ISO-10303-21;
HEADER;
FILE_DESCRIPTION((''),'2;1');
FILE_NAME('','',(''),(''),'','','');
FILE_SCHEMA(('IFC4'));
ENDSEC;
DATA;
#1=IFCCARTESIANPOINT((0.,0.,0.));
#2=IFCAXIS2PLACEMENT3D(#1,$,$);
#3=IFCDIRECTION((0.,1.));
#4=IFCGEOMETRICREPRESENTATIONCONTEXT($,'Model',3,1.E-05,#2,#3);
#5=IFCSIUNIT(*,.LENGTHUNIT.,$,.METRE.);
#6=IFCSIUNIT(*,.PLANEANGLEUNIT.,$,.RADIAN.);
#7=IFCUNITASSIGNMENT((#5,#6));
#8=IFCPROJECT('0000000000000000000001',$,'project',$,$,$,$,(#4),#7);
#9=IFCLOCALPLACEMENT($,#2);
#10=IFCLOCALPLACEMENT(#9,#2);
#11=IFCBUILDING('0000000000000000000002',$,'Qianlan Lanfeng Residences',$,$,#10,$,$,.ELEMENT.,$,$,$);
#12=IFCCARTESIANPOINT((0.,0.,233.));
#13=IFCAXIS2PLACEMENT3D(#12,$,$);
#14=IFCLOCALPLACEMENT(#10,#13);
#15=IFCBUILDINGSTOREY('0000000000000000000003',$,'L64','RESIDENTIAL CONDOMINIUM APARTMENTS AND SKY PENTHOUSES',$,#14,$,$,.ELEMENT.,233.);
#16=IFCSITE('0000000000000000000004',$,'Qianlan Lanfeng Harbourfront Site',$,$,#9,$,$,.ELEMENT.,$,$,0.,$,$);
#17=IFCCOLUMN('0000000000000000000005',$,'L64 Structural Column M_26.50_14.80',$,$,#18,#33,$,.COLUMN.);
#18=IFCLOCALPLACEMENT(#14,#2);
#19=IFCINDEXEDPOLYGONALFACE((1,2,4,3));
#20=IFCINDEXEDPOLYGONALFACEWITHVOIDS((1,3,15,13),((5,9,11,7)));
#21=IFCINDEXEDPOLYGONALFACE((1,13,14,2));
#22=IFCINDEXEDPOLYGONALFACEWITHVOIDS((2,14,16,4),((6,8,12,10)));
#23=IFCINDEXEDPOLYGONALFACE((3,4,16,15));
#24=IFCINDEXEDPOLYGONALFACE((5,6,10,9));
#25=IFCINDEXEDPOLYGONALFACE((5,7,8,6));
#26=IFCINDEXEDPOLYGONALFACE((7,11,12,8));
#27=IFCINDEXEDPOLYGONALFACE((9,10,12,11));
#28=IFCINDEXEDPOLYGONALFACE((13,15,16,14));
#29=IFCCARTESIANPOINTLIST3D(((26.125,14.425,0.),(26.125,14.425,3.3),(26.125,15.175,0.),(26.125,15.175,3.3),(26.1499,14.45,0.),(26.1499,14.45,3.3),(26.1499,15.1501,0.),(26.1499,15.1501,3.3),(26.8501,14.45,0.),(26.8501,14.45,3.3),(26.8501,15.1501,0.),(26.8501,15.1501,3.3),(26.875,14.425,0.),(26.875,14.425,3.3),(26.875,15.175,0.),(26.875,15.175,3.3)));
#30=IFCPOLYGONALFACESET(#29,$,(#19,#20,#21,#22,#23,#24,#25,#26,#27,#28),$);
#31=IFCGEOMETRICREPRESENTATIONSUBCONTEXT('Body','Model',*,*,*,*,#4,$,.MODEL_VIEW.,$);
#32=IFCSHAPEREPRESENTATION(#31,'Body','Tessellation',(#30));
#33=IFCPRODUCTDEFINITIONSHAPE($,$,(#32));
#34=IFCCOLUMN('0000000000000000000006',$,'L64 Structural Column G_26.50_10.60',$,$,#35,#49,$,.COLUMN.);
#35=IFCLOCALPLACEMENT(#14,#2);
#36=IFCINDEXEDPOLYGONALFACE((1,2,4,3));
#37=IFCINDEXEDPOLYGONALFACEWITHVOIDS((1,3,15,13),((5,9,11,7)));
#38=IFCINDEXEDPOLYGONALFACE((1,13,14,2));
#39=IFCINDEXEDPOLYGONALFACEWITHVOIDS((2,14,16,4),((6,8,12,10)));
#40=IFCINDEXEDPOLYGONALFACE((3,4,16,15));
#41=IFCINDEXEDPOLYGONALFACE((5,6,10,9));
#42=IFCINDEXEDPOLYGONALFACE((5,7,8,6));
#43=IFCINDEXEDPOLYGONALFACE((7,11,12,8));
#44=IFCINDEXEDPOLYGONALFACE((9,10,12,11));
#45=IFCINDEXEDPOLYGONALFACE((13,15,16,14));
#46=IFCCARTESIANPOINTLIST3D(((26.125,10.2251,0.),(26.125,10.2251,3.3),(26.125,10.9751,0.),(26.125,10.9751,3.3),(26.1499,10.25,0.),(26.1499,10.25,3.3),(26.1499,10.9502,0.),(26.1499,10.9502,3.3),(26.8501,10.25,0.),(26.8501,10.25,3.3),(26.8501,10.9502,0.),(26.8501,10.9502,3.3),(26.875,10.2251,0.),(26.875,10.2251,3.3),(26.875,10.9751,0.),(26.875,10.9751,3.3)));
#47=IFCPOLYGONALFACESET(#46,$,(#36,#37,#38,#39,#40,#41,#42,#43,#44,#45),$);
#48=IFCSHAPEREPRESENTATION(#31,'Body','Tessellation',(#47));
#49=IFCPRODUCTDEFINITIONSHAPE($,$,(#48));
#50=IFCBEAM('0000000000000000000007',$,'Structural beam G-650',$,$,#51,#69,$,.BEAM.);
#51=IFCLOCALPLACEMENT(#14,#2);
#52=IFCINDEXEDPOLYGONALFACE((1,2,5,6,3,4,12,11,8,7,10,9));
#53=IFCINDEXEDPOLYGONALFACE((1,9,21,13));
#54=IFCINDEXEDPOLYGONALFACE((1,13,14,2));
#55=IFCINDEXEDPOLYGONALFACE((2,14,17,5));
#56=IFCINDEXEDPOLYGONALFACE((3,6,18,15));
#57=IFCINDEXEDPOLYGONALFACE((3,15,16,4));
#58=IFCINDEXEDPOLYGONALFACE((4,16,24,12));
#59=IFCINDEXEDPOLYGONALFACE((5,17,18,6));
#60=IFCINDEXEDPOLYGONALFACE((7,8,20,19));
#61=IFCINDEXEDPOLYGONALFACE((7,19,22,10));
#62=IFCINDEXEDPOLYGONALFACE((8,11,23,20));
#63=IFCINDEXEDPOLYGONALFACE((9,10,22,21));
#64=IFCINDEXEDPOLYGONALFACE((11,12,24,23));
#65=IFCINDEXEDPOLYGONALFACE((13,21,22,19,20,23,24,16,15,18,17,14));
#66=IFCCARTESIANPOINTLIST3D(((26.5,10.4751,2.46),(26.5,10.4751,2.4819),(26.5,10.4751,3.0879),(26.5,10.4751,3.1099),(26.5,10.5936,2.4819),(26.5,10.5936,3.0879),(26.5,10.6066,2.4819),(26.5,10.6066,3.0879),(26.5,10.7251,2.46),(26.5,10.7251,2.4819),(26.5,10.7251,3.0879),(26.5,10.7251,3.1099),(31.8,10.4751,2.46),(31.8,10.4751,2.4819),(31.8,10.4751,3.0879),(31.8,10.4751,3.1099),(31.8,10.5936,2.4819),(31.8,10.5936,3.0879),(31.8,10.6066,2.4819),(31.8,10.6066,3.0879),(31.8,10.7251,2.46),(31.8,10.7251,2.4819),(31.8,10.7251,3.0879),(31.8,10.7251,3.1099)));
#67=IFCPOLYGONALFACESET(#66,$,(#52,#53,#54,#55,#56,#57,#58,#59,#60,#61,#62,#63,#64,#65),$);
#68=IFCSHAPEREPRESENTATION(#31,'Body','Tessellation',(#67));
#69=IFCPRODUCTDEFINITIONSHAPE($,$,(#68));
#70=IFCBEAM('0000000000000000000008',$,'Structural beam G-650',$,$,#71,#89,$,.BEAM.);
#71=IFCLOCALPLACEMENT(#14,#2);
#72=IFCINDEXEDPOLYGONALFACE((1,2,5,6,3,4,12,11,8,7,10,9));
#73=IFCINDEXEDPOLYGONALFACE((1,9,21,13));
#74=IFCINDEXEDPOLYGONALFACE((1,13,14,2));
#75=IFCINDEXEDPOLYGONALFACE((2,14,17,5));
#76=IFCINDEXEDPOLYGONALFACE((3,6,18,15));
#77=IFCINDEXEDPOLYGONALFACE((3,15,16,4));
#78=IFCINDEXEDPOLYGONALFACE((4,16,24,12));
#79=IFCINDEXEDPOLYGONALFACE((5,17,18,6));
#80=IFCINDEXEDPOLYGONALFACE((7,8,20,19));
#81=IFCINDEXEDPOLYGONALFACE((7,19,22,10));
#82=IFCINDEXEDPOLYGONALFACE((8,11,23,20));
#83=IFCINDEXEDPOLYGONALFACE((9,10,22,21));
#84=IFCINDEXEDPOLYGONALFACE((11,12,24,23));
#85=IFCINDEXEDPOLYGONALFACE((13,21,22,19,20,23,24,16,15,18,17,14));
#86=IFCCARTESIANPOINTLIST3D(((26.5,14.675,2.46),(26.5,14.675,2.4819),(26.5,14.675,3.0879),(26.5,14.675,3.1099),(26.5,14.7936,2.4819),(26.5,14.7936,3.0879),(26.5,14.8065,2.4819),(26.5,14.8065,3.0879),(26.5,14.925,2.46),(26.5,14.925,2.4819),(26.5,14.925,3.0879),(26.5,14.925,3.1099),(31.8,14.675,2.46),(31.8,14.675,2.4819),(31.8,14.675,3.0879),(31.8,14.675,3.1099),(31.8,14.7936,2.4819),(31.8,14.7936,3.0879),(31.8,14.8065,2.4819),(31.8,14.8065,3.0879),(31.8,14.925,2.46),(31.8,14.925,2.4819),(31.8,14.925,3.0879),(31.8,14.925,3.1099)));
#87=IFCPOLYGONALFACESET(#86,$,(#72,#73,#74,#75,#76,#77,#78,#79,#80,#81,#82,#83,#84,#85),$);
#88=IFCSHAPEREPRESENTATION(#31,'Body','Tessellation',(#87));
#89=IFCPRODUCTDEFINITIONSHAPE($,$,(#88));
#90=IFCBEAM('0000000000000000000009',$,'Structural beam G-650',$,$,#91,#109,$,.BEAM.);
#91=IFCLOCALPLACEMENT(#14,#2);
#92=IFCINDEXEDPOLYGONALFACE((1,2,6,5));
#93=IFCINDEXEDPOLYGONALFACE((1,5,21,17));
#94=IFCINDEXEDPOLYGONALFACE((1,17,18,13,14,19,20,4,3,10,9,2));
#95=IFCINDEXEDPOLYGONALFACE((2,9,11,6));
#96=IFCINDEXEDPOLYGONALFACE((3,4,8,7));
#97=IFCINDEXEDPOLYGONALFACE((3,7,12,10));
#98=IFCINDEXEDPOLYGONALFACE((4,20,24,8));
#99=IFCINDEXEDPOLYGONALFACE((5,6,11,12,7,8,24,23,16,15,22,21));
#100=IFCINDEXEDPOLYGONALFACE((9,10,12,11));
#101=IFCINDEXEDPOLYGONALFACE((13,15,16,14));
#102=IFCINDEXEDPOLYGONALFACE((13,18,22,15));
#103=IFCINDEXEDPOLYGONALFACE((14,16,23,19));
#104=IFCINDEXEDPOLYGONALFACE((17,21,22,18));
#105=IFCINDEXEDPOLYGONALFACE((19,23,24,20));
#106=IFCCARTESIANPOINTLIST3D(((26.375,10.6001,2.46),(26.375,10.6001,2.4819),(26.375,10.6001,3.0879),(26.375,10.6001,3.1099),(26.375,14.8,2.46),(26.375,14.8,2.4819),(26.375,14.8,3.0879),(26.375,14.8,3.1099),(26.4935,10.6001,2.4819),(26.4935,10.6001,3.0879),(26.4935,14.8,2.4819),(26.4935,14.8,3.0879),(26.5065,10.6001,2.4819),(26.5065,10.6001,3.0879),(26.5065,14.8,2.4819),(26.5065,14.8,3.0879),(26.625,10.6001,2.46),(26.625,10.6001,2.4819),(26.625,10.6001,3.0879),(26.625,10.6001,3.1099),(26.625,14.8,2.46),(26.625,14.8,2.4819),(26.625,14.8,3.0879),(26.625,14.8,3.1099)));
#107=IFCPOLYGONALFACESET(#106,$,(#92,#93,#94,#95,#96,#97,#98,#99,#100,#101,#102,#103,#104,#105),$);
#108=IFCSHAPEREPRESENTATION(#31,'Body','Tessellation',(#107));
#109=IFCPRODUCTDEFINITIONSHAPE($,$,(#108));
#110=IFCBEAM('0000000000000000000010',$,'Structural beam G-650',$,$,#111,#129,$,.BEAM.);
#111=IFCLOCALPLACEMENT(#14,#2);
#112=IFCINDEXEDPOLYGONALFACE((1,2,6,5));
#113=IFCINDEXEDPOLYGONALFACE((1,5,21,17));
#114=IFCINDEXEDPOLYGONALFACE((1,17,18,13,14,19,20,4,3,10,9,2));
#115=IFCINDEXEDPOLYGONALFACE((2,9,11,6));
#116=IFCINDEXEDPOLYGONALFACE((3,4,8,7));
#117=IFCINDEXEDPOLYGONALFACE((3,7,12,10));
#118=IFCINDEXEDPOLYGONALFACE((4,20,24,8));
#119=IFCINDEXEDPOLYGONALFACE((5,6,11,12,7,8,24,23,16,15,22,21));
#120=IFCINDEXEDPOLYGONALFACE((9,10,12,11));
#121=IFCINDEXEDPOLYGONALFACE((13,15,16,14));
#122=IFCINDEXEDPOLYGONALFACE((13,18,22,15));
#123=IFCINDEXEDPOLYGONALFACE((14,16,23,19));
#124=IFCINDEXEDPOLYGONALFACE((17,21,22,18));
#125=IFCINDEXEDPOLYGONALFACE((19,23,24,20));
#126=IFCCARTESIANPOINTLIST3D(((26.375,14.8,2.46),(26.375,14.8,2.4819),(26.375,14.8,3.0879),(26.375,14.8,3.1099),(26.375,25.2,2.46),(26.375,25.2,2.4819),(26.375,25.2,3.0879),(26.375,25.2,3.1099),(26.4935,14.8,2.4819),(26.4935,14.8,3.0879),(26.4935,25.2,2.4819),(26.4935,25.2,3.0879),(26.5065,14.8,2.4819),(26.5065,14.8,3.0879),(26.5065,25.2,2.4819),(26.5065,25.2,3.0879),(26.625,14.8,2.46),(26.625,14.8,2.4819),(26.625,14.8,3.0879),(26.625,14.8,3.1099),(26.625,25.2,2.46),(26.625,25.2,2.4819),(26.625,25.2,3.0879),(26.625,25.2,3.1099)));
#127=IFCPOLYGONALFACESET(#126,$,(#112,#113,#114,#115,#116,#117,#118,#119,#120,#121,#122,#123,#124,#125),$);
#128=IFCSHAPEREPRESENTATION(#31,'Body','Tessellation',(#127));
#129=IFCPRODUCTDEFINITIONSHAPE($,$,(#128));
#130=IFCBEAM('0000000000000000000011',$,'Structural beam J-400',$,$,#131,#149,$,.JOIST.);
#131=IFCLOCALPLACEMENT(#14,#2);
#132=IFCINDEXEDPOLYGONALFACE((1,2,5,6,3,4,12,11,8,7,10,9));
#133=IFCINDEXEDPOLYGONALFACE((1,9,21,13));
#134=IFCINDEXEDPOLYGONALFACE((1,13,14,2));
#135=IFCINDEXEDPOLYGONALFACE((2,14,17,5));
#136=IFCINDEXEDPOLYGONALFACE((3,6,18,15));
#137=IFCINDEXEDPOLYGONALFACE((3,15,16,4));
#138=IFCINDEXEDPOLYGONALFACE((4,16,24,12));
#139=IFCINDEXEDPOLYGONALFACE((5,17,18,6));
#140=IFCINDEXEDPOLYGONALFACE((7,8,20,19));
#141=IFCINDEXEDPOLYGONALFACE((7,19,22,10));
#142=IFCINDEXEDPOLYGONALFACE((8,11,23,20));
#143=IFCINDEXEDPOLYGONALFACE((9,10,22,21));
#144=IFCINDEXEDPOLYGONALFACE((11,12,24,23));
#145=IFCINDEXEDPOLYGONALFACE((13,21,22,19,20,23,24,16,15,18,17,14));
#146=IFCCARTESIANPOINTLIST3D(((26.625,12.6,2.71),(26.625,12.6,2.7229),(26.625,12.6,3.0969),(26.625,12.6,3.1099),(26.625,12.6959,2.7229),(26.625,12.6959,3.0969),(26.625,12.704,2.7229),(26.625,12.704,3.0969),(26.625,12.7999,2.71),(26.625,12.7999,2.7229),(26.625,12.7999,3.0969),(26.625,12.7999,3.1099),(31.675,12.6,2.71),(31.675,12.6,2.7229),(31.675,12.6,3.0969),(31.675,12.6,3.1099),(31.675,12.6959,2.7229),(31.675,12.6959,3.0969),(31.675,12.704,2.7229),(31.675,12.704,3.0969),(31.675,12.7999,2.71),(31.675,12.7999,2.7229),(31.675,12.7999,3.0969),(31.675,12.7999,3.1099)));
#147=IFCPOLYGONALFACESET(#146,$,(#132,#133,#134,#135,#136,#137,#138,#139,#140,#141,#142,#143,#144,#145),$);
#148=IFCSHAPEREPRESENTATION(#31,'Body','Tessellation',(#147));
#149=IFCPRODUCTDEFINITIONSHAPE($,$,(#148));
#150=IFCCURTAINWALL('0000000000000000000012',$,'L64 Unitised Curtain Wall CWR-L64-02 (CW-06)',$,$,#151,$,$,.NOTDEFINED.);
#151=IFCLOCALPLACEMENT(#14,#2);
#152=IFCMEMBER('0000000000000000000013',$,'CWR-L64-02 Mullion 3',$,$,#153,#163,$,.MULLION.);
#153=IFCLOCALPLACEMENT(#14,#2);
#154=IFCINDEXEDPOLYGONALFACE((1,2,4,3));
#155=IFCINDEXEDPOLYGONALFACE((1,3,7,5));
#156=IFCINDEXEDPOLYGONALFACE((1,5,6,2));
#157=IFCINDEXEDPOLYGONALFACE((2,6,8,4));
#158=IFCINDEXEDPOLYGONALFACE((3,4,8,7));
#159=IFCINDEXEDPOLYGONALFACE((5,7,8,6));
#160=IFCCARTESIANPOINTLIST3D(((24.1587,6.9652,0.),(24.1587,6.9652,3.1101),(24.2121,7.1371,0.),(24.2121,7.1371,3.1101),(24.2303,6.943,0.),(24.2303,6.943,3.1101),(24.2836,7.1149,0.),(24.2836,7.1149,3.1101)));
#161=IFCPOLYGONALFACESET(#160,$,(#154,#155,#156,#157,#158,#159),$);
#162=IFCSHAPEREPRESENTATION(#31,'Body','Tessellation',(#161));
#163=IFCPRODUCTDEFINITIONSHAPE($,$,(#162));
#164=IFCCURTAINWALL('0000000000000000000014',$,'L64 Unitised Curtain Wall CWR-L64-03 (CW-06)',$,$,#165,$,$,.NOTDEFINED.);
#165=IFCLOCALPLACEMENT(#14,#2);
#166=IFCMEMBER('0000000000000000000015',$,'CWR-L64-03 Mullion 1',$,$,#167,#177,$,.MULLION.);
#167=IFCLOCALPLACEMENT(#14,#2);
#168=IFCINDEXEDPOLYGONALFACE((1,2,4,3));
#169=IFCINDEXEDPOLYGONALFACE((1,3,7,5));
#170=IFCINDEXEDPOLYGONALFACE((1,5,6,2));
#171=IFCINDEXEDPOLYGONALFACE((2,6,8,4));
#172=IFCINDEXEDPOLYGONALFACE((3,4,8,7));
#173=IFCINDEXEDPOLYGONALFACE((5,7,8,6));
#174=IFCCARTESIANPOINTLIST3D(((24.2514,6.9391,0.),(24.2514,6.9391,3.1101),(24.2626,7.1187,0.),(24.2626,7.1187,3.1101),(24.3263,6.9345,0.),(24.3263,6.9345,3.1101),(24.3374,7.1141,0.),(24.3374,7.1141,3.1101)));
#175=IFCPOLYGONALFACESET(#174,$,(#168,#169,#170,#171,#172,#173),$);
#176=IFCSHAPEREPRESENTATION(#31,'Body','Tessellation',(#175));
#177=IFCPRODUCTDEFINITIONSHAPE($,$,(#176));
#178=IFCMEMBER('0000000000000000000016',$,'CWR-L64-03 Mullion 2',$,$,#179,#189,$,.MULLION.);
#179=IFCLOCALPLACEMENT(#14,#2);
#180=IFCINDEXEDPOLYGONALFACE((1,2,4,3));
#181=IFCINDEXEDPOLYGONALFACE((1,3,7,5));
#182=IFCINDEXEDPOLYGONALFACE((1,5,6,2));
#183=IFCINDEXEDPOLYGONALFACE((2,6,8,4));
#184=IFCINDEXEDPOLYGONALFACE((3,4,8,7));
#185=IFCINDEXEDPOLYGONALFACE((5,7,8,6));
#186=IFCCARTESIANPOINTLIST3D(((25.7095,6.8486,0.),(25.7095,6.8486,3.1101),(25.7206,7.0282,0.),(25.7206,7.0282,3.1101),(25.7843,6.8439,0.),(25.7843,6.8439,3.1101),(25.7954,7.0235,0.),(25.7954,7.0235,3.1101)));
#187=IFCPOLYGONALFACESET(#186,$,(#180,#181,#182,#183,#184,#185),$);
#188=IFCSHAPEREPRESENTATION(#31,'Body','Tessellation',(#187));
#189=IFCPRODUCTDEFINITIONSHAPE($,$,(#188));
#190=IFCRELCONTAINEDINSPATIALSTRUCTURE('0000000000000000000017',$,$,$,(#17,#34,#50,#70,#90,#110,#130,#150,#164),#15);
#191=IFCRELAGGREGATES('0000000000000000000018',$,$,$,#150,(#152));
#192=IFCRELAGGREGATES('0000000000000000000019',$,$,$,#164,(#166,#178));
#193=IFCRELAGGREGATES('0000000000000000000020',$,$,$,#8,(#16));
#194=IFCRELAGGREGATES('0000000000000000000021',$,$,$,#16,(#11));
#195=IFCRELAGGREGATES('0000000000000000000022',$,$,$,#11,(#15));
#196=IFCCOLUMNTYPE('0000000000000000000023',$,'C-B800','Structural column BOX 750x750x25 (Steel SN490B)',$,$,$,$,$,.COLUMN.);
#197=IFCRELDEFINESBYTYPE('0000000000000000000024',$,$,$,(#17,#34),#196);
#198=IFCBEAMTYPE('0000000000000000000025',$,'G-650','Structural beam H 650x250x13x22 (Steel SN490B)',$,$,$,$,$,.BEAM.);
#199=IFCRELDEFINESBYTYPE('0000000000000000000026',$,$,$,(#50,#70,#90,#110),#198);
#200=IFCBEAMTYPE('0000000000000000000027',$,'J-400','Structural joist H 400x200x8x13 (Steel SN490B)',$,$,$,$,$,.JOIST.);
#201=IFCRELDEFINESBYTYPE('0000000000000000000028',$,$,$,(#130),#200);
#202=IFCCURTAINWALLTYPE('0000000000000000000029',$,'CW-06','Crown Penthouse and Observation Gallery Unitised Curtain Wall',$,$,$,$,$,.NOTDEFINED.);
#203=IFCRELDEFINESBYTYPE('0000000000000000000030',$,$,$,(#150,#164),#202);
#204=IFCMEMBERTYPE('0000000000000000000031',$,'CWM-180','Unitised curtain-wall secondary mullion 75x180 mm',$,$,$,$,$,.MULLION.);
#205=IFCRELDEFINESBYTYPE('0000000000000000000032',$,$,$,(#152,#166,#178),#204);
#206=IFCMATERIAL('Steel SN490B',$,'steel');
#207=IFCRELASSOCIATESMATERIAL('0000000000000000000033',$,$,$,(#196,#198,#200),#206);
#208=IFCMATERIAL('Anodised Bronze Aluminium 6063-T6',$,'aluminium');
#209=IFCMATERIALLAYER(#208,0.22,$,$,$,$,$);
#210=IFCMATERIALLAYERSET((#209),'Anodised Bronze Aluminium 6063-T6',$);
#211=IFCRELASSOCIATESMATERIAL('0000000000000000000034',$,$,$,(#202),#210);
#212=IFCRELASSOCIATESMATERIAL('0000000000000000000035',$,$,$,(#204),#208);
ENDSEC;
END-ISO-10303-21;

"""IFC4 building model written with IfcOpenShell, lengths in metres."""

from ifc_helpers import new_model, si_unit, direction, frame, origin, origin_2d, place, context, subcontext, project, spatial, rectangle, hollow_rectangle, i_section, extrude, source, transform, mapped, material, layer, layer_set, material_profile, profile_set, type_object, element, aggregate, save


model = new_model("IFC4")

# Units and contexts
model_context = context("Model", 3, precision=1e-05, world=origin(), true_north=direction((0.0, 1.0)))
body_context = subcontext(model_context, "Body", "Model", "MODEL_VIEW")
ifc_project = project(units=[si_unit("LENGTHUNIT", "METRE"), si_unit("PLANEANGLEUNIT", "RADIAN")], contexts=[model_context])

# Site, building, storey
site_placement = place(None, origin())
site = spatial("IfcSite", under=ifc_project, at=site_placement, Name="Qianlan Lanfeng Harbourfront Site", CompositionType="ELEMENT", RefElevation=0.0)
building_placement = place(site_placement, origin())
building = spatial("IfcBuilding", under=site, at=building_placement, Name="Qianlan Lanfeng Residences", CompositionType="ELEMENT")
storey_placement = place(building_placement, frame((0.0, 0.0, 233.0)))
storey = spatial("IfcBuildingStorey", under=building, at=storey_placement, Name="L64", Description="RESIDENTIAL CONDOMINIUM APARTMENTS AND SKY PENTHOUSES", CompositionType="ELEMENT", Elevation=233.0)

# Columns
ifc_material_1 = material(Name="Steel SN490B", Category="steel")
ifc_material_profile_1 = material_profile(ifc_material_1, hollow_rectangle(XDim=0.75, YDim=0.75, WallThickness=0.0249, at=origin_2d()), Name="BOX 750x750x25")
ifc_profile_set_1 = profile_set([ifc_material_profile_1], Name="Steel SN490B")
column_type = type_object("IfcColumnType", Name="C-B800", Description="Structural column BOX 750x750x25 (Steel SN490B)", PredefinedType="COLUMN", material=ifc_profile_set_1)
for number, where, z_axis, x_axis, name in (
    (1, (26.5, 14.8, 0.0), (0.0, 0.0, 1.0), (1.0, 0.0, 0.0), "L64 Structural Column M_26.50_14.80"),
    (2, (26.5, 10.6001, 0.0), (0.0, 0.0, 1.0), (1.0, 0.0, 0.0), "L64 Structural Column G_26.50_10.60"),
):
    element("IfcColumn", number, at=place(storey_placement, frame(where, z_axis=z_axis, x_axis=x_axis)), inside=storey, type_object=column_type, Name=name, PredefinedType="COLUMN", context=body_context, shape_type="SweptSolid", body=[
        extrude(hollow_rectangle(XDim=0.75, YDim=0.75, WallThickness=0.0249, at=origin_2d()), origin(), (0.0, 0.0, 1.0), 3.3),
    ])

# Beams
ifc_material_profile_2 = material_profile(ifc_material_1, i_section(OverallWidth=0.25, OverallDepth=0.6499, WebThickness=0.0129, FlangeThickness=0.022, at=origin_2d()), Name="H 650x250x13x22")
ifc_profile_set_2 = profile_set([ifc_material_profile_2], Name="Steel SN490B")
beam_type_1 = type_object("IfcBeamType", Name="G-650", Description="Structural beam H 650x250x13x22 (Steel SN490B)", PredefinedType="BEAM", material=ifc_profile_set_2)
for number, where, z_axis, x_axis, name in (
    (3, (26.5, 10.6001, 2.7849), (1.0, 0.0, 0.0), (0.0, 1.0, 0.0), "Structural beam G-650"),
    (4, (26.5, 14.8, 2.7849), (1.0, 0.0, 0.0), (0.0, 1.0, 0.0), "Structural beam G-650"),
):
    element("IfcBeam", number, at=place(storey_placement, frame(where, z_axis=z_axis, x_axis=x_axis)), inside=storey, type_object=beam_type_1, Name=name, PredefinedType="BEAM", context=body_context, shape_type="SweptSolid", body=[
        extrude(i_section(OverallWidth=0.25, OverallDepth=0.6499, WebThickness=0.0129, FlangeThickness=0.022, at=origin_2d()), origin(), (0.0, 0.0, 1.0), 5.3),
    ])
beam_1_placement = place(storey_placement, frame((26.5, 10.6001, 2.7849), z_axis=(0.0, 1.0, 0.0), x_axis=(-1.0, 0.0, 0.0)))
element("IfcBeam", 5, at=beam_1_placement, inside=storey, type_object=beam_type_1, Name="Structural beam G-650", PredefinedType="BEAM", context=body_context, shape_type="SweptSolid", body=[
    extrude(i_section(OverallWidth=0.25, OverallDepth=0.6499, WebThickness=0.0129, FlangeThickness=0.022, at=origin_2d()), origin(), (0.0, 0.0, 1.0), 4.2),
])
beam_2_placement = place(storey_placement, frame((26.5, 14.8, 2.7849), z_axis=(0.0, 1.0, 0.0), x_axis=(-1.0, 0.0, 0.0)))
element("IfcBeam", 6, at=beam_2_placement, inside=storey, type_object=beam_type_1, Name="Structural beam G-650", PredefinedType="BEAM", context=body_context, shape_type="SweptSolid", body=[
    extrude(i_section(OverallWidth=0.25, OverallDepth=0.6499, WebThickness=0.0129, FlangeThickness=0.022, at=origin_2d()), origin(), (0.0, 0.0, 1.0), 10.3999),
])
ifc_material_profile_3 = material_profile(ifc_material_1, i_section(OverallWidth=0.2, OverallDepth=0.3999, WebThickness=0.0081, FlangeThickness=0.0129, at=origin_2d()), Name="H 400x200x8x13")
ifc_profile_set_3 = profile_set([ifc_material_profile_3], Name="Steel SN490B")
beam_type_2 = type_object("IfcBeamType", Name="J-400", Description="Structural joist H 400x200x8x13 (Steel SN490B)", PredefinedType="JOIST", material=ifc_profile_set_3)
beam_3_placement = place(storey_placement, frame((26.625, 12.7, 2.9099), z_axis=(1.0, 0.0, 0.0), x_axis=(0.0, 1.0, 0.0)))
element("IfcBeam", 7, at=beam_3_placement, inside=storey, type_object=beam_type_2, Name="Structural beam J-400", PredefinedType="JOIST", context=body_context, shape_type="SweptSolid", body=[
    extrude(i_section(OverallWidth=0.2, OverallDepth=0.3999, WebThickness=0.0081, FlangeThickness=0.0129, at=origin_2d()), origin(), (0.0, 0.0, 1.0), 5.05),
])

# Curtain wall, member
ifc_material_2 = material(Name="Anodised Bronze Aluminium 6063-T6", Category="aluminium")
ifc_layer_1 = layer(ifc_material_2, 0.22)
ifc_layer_set_1 = layer_set([ifc_layer_1], Name="Anodised Bronze Aluminium 6063-T6")
curtain_wall_type = type_object("IfcCurtainWallType", Name="CW-06", Description="Crown Penthouse and Observation Gallery Unitised Curtain Wall", PredefinedType="NOTDEFINED", material=ifc_layer_set_1)
curtain_wall_1_placement = place(storey_placement, origin())
curtain_wall_1 = element("IfcCurtainWall", 8, at=curtain_wall_1_placement, inside=storey, type_object=curtain_wall_type, Name="L64 Unitised Curtain Wall CWR-L64-02 (CW-06)", PredefinedType="NOTDEFINED")
ifc_material_profile_4 = material_profile(ifc_material_2, rectangle(XDim=0.075, YDim=0.1799, at=origin_2d()), Name="ALU MULLION 75x180")
ifc_profile_set_4 = profile_set([ifc_material_profile_4], Name="Anodised Bronze Aluminium 6063-T6")
member_type_1 = type_object("IfcMemberType", Name="CWM-180", Description="Unitised curtain-wall secondary mullion 75x180 mm", PredefinedType="MULLION", material=ifc_profile_set_4)
shared_shape_1 = source(origin(), body_context, "Body", "SweptSolid", [
    extrude(rectangle(XDim=0.075, YDim=0.1799, at=origin_2d()), origin(), (0.0, 0.0, 1.0), 3.1101),
])
member_1_placement = place(storey_placement, frame((24.2212, 7.04, 0.0), z_axis=(0.0, 0.0, 1.0), x_axis=(0.95508, -0.296348, 0.0)))
member_1 = element("IfcMember", 9, at=member_1_placement, type_object=member_type_1, Name="CWR-L64-02 Mullion 3", PredefinedType="MULLION", context=body_context, shape_type="MappedRepresentation", body=[
    mapped(shared_shape_1, transform((0.0, 0.0, 0.0), scale=1.0)),
])

# Curtain wall, members
curtain_wall_2_placement = place(storey_placement, origin())
curtain_wall_2 = element("IfcCurtainWall", 10, at=curtain_wall_2_placement, inside=storey, type_object=curtain_wall_type, Name="L64 Unitised Curtain Wall CWR-L64-03 (CW-06)", PredefinedType="NOTDEFINED")
member_2_placement = place(storey_placement, frame((24.2944, 7.0266, 0.0), z_axis=(0.0, 0.0, 1.0), x_axis=(0.998072, -0.062066, 0.0)))
member_2 = element("IfcMember", 11, at=member_2_placement, type_object=member_type_1, Name="CWR-L64-03 Mullion 1", PredefinedType="MULLION", context=body_context, shape_type="MappedRepresentation", body=[
    mapped(shared_shape_1, transform((0.0, 0.0, 0.0), scale=1.0)),
])
member_3_placement = place(storey_placement, frame((25.7524, 6.936, 0.0), z_axis=(0.0, 0.0, 1.0), x_axis=(0.998072, -0.062066, 0.0)))
member_3 = element("IfcMember", 12, at=member_3_placement, type_object=member_type_1, Name="CWR-L64-03 Mullion 2", PredefinedType="MULLION", context=body_context, shape_type="MappedRepresentation", body=[
    mapped(shared_shape_1, transform((0.0, 0.0, 0.0), scale=1.0)),
])

aggregate(curtain_wall_1, [member_1])
aggregate(curtain_wall_2, [member_2, member_3])

save(model, "model.ifc")
